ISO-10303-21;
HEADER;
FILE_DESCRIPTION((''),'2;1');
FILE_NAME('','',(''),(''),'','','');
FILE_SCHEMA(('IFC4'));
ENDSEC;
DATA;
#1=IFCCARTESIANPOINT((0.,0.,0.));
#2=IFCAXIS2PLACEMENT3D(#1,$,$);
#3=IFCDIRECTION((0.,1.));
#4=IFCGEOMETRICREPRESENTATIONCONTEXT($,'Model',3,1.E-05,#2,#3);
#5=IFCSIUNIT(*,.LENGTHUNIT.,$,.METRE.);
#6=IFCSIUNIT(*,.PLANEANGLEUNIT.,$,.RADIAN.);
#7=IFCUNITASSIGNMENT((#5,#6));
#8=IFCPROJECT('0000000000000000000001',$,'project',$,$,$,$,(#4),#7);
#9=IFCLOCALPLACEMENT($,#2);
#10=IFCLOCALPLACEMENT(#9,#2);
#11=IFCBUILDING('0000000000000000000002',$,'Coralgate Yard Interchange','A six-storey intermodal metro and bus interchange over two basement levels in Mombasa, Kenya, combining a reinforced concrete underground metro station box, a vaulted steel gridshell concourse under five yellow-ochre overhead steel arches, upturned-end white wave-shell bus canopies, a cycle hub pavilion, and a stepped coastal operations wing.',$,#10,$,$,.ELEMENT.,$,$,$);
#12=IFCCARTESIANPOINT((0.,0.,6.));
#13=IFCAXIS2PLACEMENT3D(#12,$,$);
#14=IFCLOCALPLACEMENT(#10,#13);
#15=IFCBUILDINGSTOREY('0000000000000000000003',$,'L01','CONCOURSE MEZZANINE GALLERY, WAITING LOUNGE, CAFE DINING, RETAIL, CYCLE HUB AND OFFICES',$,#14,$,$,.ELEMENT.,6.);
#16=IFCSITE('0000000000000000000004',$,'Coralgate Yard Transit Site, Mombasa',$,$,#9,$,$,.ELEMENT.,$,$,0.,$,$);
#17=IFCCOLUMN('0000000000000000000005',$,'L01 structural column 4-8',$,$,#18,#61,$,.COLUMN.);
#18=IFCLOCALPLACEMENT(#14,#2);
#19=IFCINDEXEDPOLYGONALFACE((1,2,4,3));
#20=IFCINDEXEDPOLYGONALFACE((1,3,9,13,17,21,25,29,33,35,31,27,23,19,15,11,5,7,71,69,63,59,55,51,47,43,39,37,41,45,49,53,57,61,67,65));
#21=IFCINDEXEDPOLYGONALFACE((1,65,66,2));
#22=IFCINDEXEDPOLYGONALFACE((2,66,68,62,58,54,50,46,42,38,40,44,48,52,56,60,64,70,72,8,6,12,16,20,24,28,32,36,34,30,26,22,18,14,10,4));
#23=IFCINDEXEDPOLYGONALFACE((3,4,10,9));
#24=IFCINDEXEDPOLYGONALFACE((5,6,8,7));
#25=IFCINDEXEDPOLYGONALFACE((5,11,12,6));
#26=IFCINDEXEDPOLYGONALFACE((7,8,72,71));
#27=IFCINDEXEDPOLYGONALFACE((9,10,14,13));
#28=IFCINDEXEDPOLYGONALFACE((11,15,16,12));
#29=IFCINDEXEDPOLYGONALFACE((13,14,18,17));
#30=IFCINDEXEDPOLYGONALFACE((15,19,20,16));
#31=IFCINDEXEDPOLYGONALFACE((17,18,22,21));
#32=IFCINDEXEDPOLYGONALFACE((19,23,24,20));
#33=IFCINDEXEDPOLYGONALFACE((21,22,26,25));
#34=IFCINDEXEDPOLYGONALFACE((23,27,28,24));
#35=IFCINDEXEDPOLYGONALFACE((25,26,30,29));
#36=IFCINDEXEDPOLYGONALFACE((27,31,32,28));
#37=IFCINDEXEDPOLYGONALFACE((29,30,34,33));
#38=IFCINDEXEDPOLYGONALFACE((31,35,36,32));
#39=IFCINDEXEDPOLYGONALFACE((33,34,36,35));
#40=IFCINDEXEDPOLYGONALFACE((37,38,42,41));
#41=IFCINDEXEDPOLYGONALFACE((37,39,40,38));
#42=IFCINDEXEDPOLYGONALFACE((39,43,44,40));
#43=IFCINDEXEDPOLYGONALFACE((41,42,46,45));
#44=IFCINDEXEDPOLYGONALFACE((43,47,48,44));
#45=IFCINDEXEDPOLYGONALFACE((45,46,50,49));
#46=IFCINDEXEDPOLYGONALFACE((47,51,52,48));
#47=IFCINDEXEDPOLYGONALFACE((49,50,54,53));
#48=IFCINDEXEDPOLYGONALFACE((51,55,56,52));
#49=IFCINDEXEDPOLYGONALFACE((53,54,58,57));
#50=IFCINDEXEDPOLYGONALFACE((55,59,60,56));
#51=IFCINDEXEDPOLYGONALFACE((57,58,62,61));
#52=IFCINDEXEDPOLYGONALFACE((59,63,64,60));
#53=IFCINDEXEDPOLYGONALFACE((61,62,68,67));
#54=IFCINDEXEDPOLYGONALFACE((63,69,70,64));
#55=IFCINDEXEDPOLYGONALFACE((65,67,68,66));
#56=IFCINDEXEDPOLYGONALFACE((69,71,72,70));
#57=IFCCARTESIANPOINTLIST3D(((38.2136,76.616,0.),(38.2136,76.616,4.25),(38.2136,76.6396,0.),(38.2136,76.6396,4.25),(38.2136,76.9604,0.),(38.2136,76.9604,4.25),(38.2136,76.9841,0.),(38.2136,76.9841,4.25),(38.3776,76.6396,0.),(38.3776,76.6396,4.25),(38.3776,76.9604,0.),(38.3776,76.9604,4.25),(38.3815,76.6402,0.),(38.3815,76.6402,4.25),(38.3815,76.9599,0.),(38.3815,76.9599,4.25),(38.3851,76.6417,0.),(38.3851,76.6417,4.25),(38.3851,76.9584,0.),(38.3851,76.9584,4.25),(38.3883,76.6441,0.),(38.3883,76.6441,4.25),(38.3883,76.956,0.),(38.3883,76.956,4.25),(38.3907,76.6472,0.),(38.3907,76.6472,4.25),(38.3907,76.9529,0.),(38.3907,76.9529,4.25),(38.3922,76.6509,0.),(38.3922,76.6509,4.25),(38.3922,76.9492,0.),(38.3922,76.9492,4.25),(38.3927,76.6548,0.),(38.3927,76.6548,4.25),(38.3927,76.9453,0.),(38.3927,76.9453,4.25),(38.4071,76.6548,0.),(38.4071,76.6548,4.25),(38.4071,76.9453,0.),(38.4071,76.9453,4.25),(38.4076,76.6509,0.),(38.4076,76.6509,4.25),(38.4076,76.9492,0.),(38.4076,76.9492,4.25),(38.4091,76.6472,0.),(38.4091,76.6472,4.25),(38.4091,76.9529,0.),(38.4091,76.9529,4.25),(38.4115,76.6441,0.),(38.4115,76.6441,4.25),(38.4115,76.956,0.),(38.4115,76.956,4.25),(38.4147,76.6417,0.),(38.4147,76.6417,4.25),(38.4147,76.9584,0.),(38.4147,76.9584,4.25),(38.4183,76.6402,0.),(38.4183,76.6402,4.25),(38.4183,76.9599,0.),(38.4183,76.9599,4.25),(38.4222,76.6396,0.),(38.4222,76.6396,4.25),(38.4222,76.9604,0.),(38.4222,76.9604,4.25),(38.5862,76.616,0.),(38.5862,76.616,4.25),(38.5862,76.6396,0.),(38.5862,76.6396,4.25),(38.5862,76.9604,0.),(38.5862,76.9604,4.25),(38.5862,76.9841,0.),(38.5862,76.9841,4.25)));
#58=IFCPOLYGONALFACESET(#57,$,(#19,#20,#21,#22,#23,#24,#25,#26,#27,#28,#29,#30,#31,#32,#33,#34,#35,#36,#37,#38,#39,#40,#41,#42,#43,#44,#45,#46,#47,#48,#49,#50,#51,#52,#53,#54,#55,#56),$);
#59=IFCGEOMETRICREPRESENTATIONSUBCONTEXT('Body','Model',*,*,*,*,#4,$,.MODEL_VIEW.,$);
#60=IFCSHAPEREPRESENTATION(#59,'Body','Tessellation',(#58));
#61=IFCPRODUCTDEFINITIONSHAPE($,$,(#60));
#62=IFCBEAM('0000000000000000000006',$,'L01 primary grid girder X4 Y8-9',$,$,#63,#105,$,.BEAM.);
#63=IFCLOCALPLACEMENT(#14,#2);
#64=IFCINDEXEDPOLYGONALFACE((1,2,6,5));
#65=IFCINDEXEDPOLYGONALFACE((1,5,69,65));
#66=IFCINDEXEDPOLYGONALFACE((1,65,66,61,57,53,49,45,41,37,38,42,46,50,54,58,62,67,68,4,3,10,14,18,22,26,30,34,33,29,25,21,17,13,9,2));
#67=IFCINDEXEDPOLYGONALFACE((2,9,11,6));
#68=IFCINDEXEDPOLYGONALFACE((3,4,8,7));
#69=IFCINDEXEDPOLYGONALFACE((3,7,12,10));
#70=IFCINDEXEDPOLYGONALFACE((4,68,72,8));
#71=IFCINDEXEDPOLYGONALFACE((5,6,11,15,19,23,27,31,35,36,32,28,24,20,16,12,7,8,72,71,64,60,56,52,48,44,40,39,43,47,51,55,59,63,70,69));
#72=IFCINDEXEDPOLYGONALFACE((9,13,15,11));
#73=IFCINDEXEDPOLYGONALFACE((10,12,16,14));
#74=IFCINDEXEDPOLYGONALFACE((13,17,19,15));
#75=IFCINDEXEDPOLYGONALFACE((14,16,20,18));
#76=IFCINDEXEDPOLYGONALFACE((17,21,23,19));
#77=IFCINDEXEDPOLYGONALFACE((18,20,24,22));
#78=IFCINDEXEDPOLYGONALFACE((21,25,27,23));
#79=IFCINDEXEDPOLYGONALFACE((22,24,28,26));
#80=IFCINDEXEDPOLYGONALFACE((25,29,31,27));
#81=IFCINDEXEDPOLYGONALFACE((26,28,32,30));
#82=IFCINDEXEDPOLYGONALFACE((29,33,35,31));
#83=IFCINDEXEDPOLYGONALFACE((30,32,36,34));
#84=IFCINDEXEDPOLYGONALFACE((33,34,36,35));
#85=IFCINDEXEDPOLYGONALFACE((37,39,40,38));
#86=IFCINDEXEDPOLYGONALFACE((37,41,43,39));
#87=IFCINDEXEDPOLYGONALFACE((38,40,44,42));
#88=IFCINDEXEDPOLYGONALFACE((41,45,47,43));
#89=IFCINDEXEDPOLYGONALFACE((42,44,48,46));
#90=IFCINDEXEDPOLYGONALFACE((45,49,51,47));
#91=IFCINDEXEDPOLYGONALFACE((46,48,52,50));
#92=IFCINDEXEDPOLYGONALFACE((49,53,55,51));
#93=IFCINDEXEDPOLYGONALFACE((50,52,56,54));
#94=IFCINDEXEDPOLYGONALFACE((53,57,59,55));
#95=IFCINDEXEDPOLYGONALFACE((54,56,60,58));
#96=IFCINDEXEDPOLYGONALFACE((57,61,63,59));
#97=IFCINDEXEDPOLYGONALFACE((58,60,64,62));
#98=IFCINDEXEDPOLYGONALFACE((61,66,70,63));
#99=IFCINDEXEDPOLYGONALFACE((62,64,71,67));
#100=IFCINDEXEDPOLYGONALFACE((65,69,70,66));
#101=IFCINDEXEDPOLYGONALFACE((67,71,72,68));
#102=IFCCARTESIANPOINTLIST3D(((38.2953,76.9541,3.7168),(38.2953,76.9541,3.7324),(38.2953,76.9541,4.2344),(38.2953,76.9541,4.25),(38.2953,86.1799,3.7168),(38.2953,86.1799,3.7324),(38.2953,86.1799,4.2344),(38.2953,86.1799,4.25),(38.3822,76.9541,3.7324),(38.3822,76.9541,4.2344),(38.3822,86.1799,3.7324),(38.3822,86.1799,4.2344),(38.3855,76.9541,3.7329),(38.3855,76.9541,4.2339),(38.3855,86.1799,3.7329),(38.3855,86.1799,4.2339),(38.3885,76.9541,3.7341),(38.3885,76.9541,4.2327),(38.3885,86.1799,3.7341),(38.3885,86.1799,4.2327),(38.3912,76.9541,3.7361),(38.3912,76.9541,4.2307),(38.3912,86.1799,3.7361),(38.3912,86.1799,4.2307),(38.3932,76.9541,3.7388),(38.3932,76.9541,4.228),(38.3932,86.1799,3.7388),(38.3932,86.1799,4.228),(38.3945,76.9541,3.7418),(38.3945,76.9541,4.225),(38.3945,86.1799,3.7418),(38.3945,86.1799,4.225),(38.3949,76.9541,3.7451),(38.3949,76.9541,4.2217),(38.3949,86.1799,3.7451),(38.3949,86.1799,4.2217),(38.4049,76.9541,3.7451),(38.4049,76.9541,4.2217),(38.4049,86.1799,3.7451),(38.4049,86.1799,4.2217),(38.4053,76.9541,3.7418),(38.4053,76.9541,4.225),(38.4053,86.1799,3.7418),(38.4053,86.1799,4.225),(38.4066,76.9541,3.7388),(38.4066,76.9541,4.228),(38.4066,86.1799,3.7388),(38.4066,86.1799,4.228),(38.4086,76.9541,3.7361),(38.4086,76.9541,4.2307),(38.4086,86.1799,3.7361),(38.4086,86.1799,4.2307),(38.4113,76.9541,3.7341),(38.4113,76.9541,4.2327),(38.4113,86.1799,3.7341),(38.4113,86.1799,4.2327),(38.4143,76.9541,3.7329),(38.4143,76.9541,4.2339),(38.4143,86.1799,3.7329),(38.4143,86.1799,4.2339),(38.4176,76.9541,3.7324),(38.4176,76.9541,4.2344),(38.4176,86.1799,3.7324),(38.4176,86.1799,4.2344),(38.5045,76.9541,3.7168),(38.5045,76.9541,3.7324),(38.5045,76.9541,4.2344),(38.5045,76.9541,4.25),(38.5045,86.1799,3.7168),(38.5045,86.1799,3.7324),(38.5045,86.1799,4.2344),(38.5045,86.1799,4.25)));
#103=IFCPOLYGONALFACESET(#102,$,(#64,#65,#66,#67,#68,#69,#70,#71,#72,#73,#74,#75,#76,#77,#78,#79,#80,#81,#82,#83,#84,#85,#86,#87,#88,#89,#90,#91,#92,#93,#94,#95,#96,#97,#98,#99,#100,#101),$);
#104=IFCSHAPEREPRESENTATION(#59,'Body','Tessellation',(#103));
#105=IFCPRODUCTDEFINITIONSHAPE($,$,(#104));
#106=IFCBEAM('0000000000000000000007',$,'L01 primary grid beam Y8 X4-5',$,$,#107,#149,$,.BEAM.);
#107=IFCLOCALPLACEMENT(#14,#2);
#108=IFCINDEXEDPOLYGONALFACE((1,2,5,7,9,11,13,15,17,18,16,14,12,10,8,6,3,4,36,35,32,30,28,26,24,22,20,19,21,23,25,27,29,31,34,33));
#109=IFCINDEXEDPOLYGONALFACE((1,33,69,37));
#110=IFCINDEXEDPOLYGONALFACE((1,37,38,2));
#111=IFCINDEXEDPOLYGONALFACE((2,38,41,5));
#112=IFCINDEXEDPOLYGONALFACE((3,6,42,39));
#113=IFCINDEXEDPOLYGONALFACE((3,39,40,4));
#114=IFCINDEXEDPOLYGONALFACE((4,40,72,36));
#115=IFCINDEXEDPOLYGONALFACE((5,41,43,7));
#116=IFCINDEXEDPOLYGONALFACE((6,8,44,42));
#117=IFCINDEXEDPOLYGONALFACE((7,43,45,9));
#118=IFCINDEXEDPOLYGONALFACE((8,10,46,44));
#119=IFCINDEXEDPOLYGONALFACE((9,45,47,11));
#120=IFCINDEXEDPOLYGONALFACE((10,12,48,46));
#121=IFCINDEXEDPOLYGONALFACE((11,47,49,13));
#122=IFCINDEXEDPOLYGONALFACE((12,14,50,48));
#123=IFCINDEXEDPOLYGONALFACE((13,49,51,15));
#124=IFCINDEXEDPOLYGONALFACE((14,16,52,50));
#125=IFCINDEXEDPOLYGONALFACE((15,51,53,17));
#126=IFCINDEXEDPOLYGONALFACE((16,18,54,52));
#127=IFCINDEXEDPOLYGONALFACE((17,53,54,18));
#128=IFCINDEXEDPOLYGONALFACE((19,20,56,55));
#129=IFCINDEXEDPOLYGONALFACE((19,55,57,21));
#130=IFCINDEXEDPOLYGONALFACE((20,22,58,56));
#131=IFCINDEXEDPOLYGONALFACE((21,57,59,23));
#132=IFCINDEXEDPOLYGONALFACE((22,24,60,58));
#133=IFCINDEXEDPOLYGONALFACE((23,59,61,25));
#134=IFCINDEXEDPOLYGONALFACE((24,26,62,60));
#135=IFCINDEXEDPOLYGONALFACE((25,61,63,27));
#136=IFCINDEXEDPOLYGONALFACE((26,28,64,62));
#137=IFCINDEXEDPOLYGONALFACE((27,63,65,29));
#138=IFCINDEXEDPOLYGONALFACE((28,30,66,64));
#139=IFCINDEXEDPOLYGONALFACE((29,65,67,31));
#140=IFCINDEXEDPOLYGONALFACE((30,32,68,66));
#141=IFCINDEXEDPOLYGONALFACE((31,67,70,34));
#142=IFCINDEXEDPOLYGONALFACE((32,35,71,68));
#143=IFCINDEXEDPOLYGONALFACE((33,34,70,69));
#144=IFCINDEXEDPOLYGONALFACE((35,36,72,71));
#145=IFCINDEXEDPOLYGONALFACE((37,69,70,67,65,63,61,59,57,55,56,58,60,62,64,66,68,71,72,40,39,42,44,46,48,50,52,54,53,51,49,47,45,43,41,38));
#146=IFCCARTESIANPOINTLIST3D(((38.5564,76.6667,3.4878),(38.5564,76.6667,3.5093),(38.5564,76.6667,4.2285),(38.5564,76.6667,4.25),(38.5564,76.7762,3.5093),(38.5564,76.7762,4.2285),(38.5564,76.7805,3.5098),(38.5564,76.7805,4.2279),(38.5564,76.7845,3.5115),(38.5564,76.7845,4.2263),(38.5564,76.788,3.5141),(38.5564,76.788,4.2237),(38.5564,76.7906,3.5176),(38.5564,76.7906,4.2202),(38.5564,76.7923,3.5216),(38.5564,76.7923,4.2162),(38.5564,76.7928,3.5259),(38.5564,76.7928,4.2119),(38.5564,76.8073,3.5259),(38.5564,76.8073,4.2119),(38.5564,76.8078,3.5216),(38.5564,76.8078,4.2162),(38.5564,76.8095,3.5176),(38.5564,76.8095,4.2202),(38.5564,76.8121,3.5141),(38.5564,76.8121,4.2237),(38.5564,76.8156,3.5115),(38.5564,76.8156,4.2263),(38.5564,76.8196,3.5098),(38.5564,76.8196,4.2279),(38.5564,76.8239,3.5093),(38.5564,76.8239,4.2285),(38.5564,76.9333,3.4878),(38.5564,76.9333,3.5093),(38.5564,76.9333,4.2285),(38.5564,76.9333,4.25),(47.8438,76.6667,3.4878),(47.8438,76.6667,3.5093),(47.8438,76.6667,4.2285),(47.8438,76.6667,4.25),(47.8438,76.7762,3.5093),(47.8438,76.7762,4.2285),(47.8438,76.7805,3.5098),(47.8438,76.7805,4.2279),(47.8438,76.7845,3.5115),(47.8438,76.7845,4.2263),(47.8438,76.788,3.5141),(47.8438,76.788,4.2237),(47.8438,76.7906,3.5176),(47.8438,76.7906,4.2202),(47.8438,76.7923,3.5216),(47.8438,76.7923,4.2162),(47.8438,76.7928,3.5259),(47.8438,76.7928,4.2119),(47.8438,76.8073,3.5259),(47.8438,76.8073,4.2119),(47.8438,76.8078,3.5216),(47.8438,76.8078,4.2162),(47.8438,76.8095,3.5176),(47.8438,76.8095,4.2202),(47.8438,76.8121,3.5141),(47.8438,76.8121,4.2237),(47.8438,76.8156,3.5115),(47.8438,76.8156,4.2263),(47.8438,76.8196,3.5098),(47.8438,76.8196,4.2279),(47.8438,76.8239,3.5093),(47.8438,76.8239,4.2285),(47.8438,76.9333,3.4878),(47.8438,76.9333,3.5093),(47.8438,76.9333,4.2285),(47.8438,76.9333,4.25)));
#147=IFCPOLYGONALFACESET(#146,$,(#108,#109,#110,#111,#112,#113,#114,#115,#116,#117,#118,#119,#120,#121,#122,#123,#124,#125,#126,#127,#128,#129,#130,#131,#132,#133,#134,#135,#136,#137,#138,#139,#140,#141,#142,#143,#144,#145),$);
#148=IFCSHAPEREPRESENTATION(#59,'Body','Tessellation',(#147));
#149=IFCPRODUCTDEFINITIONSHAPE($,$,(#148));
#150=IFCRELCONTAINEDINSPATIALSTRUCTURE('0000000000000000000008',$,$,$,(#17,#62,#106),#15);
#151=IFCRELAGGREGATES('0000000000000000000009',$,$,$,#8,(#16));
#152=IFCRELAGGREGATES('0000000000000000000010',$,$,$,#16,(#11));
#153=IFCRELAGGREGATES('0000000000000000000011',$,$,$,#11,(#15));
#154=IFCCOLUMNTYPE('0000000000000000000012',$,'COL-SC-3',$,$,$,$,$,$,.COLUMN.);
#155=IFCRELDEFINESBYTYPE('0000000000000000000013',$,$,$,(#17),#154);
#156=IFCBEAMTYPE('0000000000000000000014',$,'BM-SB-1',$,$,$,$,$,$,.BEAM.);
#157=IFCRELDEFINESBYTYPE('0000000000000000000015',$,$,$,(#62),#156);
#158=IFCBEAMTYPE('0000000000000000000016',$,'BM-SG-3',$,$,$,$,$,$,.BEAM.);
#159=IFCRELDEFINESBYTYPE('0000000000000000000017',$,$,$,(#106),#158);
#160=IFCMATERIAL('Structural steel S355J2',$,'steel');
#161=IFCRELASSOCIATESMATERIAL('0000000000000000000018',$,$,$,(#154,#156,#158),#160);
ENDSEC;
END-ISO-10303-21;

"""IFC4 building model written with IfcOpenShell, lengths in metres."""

from ifc_helpers import new_model, si_unit, direction, frame, origin, origin_2d, place, context, subcontext, project, spatial, i_section, extrude, material, material_profile, profile_set, type_object, element, save


model = new_model("IFC4")

# Units and contexts
model_context = context("Model", 3, precision=1e-05, world=origin(), true_north=direction((0.0, 1.0)))
body_context = subcontext(model_context, "Body", "Model", "MODEL_VIEW")
ifc_project = project(units=[si_unit("LENGTHUNIT", "METRE"), si_unit("PLANEANGLEUNIT", "RADIAN")], contexts=[model_context])

# Site, building, storey
site_placement = place(None, origin())
site = spatial("IfcSite", under=ifc_project, at=site_placement, Name="Coralgate Yard Transit Site, Mombasa", CompositionType="ELEMENT", RefElevation=0.0)
building_placement = place(site_placement, origin())
building = spatial("IfcBuilding", under=site, at=building_placement, Name="Coralgate Yard Interchange", Description="A six-storey intermodal metro and bus interchange over two basement levels in Mombasa, Kenya, combining a reinforced concrete underground metro station box, a vaulted steel gridshell concourse under five yellow-ochre overhead steel arches, upturned-end white wave-shell bus canopies, a cycle hub pavilion, and a stepped coastal operations wing.", CompositionType="ELEMENT")
storey_placement = place(building_placement, frame((0.0, 0.0, 6.0)))
storey = spatial("IfcBuildingStorey", under=building, at=storey_placement, Name="L01", Description="CONCOURSE MEZZANINE GALLERY, WAITING LOUNGE, CAFE DINING, RETAIL, CYCLE HUB AND OFFICES", CompositionType="ELEMENT", Elevation=6.0)

# Column
ifc_material_1 = material(Name="Structural steel S355J2", Category="steel")
ifc_material_profile_1 = material_profile(ifc_material_1, i_section(OverallWidth=0.3726, OverallDepth=0.3682, WebThickness=0.0144, FlangeThickness=0.0237, FilletRadius=0.0151, at=origin_2d()), Name="UC 356x368x177")
ifc_profile_set_1 = profile_set([ifc_material_profile_1], Name="Structural steel S355J2")
column_type = type_object("IfcColumnType", Name="COL-SC-3", PredefinedType="COLUMN", material=ifc_profile_set_1)
column_placement = place(storey_placement, frame((38.3999, 76.8, 0.0), z_axis=(0.0, 0.0, 1.0), x_axis=(1.0, 0.0, 0.0)))
element("IfcColumn", 1, at=column_placement, inside=storey, type_object=column_type, Name="L01 structural column 4-8", PredefinedType="COLUMN", context=body_context, shape_type="SweptSolid", body=[
    extrude(i_section(OverallWidth=0.3726, OverallDepth=0.3682, WebThickness=0.0144, FlangeThickness=0.0237, FilletRadius=0.0151, at=origin_2d()), origin(), (0.0, 0.0, 1.0), 4.25),
])

# Beams
ifc_material_profile_2 = material_profile(ifc_material_1, i_section(OverallWidth=0.2092, OverallDepth=0.5332, WebThickness=0.01, FlangeThickness=0.0156, FilletRadius=0.0127, at=origin_2d()), Name="UB 533x210x92")
ifc_profile_set_2 = profile_set([ifc_material_profile_2], Name="Structural steel S355J2")
beam_type_1 = type_object("IfcBeamType", Name="BM-SB-1", PredefinedType="BEAM", material=ifc_profile_set_2)
beam_1_placement = place(storey_placement, frame((38.3999, 76.9541, 3.9834), z_axis=(0.0, 1.0, 0.0), x_axis=(-1.0, 0.0, 0.0)))
element("IfcBeam", 2, at=beam_1_placement, inside=storey, type_object=beam_type_1, Name="L01 primary grid girder X4 Y8-9", PredefinedType="BEAM", context=body_context, shape_type="SweptSolid", body=[
    extrude(i_section(OverallWidth=0.2092, OverallDepth=0.5332, WebThickness=0.01, FlangeThickness=0.0156, FilletRadius=0.0127, at=origin_2d()), origin(), (0.0, 0.0, 1.0), 9.2258),
])
ifc_material_profile_3 = material_profile(ifc_material_1, i_section(OverallWidth=0.2666, OverallDepth=0.7622, WebThickness=0.0144, FlangeThickness=0.0215, FilletRadius=0.0166, at=origin_2d()), Name="UB 762x267x173")
ifc_profile_set_3 = profile_set([ifc_material_profile_3], Name="Structural steel S355J2")
beam_type_2 = type_object("IfcBeamType", Name="BM-SG-3", PredefinedType="BEAM", material=ifc_profile_set_3)
beam_2_placement = place(storey_placement, frame((38.5564, 76.8, 3.8689), z_axis=(1.0, 0.0, 0.0), x_axis=(0.0, 1.0, 0.0)))
element("IfcBeam", 3, at=beam_2_placement, inside=storey, type_object=beam_type_2, Name="L01 primary grid beam Y8 X4-5", PredefinedType="BEAM", context=body_context, shape_type="SweptSolid", body=[
    extrude(i_section(OverallWidth=0.2666, OverallDepth=0.7622, WebThickness=0.0144, FlangeThickness=0.0215, FilletRadius=0.0166, at=origin_2d()), origin(), (0.0, 0.0, 1.0), 9.2874),
])

save(model, "model.ifc")
